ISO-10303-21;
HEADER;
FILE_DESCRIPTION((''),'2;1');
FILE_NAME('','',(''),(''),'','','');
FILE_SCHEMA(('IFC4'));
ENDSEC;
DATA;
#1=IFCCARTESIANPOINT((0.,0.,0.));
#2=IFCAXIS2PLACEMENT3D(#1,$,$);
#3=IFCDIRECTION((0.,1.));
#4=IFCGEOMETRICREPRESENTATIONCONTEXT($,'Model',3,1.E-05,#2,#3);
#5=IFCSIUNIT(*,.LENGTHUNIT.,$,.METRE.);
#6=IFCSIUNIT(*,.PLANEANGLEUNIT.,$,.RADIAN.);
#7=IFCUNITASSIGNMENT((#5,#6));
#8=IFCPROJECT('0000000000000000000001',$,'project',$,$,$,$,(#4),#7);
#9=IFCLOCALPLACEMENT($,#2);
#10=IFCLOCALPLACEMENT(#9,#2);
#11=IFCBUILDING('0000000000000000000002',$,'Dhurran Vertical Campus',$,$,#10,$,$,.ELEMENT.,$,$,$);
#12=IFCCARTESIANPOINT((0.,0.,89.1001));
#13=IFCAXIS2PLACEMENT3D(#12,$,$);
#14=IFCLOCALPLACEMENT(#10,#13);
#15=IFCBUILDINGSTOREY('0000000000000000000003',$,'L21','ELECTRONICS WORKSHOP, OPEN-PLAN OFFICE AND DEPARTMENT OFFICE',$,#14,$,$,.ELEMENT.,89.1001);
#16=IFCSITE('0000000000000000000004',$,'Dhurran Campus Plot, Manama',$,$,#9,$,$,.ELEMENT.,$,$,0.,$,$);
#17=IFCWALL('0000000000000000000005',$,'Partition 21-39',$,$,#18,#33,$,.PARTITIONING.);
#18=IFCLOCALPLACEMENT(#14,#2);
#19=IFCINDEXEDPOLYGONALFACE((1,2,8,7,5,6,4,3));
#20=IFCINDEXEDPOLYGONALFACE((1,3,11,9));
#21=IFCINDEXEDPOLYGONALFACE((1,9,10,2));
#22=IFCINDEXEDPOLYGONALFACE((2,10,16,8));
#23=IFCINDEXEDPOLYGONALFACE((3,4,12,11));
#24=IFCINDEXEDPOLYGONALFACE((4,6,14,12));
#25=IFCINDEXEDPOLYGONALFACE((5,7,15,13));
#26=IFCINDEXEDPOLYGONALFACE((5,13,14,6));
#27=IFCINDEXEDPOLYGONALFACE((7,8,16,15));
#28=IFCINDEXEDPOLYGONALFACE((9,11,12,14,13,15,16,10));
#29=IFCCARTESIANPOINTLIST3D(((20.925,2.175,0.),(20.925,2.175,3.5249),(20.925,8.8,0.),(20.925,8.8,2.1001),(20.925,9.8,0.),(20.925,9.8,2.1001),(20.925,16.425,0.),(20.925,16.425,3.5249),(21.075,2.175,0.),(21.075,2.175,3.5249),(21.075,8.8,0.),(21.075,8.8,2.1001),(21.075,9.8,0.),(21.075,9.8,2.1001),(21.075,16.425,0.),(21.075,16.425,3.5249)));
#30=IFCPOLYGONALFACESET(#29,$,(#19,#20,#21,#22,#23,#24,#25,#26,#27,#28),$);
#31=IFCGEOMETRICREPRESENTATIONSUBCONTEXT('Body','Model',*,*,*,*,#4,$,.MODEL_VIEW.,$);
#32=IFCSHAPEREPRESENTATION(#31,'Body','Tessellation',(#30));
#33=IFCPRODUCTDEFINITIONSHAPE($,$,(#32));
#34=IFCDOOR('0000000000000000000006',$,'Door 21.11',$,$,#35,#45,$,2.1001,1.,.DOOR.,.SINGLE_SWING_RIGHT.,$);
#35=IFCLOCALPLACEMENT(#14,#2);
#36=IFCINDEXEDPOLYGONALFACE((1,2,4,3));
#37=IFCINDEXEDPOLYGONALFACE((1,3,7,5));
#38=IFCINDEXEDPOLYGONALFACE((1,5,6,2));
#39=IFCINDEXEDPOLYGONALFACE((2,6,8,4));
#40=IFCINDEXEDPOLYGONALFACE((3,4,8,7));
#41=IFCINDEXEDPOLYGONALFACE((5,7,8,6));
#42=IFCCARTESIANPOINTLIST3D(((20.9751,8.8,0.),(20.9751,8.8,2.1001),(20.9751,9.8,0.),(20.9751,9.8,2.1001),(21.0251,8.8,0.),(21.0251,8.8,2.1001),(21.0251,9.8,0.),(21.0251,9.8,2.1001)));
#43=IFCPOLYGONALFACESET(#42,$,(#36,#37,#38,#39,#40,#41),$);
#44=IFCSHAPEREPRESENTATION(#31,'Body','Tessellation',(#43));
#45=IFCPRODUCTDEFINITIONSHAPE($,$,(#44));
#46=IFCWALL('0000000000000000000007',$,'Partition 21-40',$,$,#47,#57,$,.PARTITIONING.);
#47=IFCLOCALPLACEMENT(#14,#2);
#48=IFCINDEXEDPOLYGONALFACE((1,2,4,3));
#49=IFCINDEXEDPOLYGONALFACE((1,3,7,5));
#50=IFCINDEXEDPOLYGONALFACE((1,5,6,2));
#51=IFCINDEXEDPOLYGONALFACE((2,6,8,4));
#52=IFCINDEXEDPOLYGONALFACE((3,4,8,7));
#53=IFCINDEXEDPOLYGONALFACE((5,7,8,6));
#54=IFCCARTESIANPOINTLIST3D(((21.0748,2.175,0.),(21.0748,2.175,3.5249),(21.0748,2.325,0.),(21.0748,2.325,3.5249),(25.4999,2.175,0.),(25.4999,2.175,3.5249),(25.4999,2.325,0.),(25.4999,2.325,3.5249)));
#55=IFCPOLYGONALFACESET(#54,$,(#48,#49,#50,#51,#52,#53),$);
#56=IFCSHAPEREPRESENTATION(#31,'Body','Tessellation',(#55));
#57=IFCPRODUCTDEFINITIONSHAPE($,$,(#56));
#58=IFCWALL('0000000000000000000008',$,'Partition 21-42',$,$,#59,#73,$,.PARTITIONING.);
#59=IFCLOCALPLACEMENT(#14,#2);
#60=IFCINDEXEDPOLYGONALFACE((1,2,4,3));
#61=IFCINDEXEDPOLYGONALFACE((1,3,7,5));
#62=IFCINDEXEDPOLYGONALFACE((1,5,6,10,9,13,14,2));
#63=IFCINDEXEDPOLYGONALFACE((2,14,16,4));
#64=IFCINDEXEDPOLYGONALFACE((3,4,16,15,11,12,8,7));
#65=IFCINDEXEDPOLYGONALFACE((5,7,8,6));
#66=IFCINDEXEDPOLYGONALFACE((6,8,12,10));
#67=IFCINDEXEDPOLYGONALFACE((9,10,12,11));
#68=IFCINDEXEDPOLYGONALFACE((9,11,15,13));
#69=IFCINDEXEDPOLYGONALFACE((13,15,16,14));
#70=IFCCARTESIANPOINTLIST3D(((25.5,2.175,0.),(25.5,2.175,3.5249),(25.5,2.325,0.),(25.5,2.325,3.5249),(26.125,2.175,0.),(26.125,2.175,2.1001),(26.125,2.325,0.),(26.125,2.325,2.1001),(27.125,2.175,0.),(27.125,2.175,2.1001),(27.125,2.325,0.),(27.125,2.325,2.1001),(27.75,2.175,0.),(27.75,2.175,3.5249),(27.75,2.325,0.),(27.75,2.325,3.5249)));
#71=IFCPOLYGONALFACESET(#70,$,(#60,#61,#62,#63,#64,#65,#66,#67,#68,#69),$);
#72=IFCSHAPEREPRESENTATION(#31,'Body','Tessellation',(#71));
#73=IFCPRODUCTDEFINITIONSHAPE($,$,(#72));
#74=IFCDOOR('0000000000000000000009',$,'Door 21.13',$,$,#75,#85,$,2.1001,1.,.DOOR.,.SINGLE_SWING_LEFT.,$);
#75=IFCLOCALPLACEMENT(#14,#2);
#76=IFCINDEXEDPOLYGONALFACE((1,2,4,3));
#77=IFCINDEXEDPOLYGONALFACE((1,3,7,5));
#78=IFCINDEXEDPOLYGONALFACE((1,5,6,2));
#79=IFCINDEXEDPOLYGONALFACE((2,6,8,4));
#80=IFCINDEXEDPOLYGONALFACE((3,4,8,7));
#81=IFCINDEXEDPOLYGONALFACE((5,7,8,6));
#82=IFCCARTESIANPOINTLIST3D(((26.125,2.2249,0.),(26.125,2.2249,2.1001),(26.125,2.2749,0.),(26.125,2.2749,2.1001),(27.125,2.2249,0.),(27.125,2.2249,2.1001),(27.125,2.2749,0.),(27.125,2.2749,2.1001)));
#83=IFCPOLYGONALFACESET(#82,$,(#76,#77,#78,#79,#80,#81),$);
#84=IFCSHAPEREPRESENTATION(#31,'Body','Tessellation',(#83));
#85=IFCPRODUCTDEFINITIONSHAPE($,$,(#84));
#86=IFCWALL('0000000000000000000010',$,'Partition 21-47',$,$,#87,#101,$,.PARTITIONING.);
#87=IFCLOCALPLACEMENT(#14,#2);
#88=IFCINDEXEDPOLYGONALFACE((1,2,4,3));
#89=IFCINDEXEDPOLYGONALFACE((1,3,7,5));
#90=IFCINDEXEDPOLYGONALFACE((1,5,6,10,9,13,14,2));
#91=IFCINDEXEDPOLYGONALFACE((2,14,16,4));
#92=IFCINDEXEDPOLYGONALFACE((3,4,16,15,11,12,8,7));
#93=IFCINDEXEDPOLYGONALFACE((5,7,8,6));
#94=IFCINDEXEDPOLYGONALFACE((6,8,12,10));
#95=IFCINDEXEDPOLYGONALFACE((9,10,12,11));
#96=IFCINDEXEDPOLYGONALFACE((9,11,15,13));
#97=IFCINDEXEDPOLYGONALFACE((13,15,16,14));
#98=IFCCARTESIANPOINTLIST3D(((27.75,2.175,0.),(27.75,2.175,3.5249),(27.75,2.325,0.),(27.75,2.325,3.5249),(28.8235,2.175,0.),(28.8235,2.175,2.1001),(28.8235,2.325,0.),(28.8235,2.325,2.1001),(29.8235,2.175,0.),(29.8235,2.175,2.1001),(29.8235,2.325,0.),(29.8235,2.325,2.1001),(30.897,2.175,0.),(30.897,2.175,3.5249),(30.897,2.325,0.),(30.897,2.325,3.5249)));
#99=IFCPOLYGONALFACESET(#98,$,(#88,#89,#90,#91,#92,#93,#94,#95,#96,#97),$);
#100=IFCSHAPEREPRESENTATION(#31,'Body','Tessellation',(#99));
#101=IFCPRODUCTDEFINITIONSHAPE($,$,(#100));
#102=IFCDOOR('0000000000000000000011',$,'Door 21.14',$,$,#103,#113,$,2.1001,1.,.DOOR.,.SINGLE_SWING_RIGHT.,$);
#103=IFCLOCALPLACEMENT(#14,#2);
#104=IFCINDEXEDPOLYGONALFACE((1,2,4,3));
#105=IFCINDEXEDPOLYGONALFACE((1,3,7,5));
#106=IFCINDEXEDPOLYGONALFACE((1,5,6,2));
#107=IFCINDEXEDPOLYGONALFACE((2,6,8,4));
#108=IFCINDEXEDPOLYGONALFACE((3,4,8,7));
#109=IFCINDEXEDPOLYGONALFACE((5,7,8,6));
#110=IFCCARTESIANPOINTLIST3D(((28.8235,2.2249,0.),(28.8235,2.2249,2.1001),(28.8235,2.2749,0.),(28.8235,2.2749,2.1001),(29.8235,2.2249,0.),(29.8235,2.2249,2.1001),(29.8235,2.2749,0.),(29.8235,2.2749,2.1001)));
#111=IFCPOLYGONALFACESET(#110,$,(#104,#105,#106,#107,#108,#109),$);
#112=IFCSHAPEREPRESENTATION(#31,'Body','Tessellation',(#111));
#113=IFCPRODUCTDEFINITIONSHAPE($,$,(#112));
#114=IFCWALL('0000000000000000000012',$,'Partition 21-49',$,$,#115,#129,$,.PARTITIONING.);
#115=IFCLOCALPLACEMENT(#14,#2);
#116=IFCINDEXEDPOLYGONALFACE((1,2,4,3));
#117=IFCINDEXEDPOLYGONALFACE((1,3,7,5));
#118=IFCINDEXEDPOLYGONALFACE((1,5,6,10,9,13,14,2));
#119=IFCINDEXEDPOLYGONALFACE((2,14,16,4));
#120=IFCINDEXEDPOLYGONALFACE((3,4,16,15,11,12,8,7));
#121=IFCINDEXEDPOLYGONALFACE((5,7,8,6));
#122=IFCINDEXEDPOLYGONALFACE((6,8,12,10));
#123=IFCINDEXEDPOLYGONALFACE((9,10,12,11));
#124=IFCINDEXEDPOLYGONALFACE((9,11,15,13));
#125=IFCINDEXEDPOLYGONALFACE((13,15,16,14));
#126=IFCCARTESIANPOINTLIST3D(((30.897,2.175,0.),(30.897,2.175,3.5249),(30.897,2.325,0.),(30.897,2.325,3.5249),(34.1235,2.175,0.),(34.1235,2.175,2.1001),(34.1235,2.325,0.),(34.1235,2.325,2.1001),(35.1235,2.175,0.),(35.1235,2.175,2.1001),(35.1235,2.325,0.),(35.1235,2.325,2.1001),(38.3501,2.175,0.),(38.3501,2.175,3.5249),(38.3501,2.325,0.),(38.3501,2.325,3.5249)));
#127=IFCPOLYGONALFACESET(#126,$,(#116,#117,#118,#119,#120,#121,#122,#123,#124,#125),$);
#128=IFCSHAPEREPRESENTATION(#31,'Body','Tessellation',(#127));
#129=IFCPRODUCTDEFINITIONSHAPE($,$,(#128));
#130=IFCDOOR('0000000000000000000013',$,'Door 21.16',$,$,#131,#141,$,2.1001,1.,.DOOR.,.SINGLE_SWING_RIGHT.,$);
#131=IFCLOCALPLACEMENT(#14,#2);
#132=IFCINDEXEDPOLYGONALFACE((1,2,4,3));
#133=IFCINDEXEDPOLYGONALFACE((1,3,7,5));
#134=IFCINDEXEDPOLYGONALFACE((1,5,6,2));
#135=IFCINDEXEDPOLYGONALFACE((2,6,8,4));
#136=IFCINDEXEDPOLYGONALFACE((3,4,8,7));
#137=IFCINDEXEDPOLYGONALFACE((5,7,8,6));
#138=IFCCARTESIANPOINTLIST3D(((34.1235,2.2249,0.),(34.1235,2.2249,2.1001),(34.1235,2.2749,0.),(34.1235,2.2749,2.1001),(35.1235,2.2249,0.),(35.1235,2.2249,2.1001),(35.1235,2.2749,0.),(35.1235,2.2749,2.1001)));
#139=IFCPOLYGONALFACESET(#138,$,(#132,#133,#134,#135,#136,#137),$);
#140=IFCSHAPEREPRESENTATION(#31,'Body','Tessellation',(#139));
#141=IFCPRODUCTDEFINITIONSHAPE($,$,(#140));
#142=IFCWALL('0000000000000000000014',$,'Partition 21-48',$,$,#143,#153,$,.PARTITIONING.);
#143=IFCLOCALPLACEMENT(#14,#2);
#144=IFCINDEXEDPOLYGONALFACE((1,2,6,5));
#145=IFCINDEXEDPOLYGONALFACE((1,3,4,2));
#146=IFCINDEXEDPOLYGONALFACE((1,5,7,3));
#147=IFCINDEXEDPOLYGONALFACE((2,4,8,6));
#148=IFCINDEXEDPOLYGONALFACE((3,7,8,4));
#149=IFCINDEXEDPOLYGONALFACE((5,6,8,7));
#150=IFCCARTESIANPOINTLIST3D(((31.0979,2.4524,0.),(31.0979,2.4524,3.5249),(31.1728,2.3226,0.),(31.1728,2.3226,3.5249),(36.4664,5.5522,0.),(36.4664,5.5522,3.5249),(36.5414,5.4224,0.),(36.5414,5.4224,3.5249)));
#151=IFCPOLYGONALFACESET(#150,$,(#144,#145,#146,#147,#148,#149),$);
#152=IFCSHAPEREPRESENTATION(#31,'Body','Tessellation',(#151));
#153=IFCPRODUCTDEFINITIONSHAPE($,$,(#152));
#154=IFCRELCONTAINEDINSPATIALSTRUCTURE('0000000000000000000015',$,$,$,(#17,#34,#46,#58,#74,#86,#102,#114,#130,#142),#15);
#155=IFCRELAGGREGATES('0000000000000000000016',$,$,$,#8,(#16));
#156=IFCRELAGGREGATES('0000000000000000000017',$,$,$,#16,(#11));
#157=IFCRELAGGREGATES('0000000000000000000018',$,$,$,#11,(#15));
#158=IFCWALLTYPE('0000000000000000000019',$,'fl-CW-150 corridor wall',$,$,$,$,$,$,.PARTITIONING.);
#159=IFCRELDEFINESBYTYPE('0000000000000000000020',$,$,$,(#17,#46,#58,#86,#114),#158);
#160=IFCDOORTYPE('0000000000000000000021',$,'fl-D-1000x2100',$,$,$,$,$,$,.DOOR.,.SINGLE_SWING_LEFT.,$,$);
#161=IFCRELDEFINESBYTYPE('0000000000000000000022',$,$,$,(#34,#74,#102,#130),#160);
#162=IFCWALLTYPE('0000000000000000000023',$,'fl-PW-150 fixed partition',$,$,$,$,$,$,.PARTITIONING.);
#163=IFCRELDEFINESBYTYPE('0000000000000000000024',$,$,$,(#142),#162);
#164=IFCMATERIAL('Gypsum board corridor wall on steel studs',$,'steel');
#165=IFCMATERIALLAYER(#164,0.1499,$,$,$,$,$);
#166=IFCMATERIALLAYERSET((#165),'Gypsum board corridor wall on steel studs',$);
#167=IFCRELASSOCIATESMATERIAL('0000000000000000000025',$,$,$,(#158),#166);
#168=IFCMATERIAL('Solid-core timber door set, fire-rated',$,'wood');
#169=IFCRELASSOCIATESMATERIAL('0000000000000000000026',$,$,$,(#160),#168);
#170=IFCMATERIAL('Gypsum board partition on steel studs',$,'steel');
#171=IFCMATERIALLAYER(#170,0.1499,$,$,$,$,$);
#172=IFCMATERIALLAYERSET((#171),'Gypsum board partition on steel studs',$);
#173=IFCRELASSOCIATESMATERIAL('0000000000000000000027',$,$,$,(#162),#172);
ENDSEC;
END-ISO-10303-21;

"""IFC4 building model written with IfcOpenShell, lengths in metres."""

from ifc_helpers import new_model, si_unit, direction, frame, frame_2d, origin, place, context, subcontext, project, spatial, rectangle, extrude, material, layer, layer_set, type_object, element, fill, save


model = new_model("IFC4")

# Units and contexts
model_context = context("Model", 3, precision=1e-05, world=origin(), true_north=direction((0.0, 1.0)))
body_context = subcontext(model_context, "Body", "Model", "MODEL_VIEW")
ifc_project = project(units=[si_unit("LENGTHUNIT", "METRE"), si_unit("PLANEANGLEUNIT", "RADIAN")], contexts=[model_context])

# Site, building, storey
site_placement = place(None, origin())
site = spatial("IfcSite", under=ifc_project, at=site_placement, Name="Dhurran Campus Plot, Manama", CompositionType="ELEMENT", RefElevation=0.0)
building_placement = place(site_placement, origin())
building = spatial("IfcBuilding", under=site, at=building_placement, Name="Dhurran Vertical Campus", CompositionType="ELEMENT")
storey_placement = place(building_placement, frame((0.0, 0.0, 89.1001)))
storey = spatial("IfcBuildingStorey", under=building, at=storey_placement, Name="L21", Description="ELECTRONICS WORKSHOP, OPEN-PLAN OFFICE AND DEPARTMENT OFFICE", CompositionType="ELEMENT", Elevation=89.1001)

# Wall, opening, door
ifc_material_1 = material(Name="Gypsum board corridor wall on steel studs", Category="steel")
ifc_layer_1 = layer(ifc_material_1, 0.1499)
ifc_layer_set_1 = layer_set([ifc_layer_1], Name="Gypsum board corridor wall on steel studs")
wall_type_1 = type_object("IfcWallType", Name="fl-CW-150 corridor wall", PredefinedType="PARTITIONING", material=ifc_layer_set_1)
wall_1_placement = place(storey_placement, frame((21.0, 2.175, 0.0), z_axis=(0.0, 0.0, 1.0), x_axis=(0.0, 1.0, 0.0)))
wall_1 = element("IfcWall", 1, at=wall_1_placement, inside=storey, type_object=wall_type_1, Name="Partition 21-39", PredefinedType="PARTITIONING", context=body_context, shape_type="SweptSolid", body=[
    extrude(rectangle(XDim=14.25, YDim=0.1499, at=frame_2d((7.125, 0.0))), origin(), (0.0, 0.0, 1.0), 3.5249),
])
opening_1_placement = place(wall_1_placement, frame((6.625, 0.0, 0.0)))
opening_1 = element("IfcOpeningElement", 2, at=opening_1_placement, cuts=wall_1, PredefinedType="OPENING", context=body_context, shape_type="SweptSolid", body=[
    extrude(rectangle(XDim=1.0, YDim=2.1001, at=frame_2d((0.5, 1.05))), frame((0.0, 0.085, 0.0), z_axis=(0.0, -1.0, 0.0), x_axis=(1.0, 0.0, 0.0)), (0.0, 0.0, 1.0), 0.1699),
])
ifc_material_2 = material(Name="Solid-core timber door set, fire-rated", Category="wood")
door_type_1 = type_object("IfcDoorType", Name="fl-D-1000x2100", OperationType="SINGLE_SWING_LEFT", PredefinedType="DOOR", material=ifc_material_2)
door_1_placement = place(opening_1_placement, origin())
door_1 = element("IfcDoor", 3, at=door_1_placement, inside=storey, type_object=door_type_1, Name="Door 21.11", OperationType="SINGLE_SWING_RIGHT", OverallHeight=2.1001, OverallWidth=1.0, PredefinedType="DOOR", context=body_context, shape_type="SweptSolid", body=[
    extrude(rectangle(XDim=1.0, YDim=2.1001, at=frame_2d((0.5, 1.05))), frame((0.0, 0.0249, 0.0), z_axis=(0.0, -1.0, 0.0), x_axis=(1.0, 0.0, 0.0)), (0.0, 0.0, 1.0), 0.05),
])
fill(opening_1, door_1)

# Wall
wall_2_placement = place(storey_placement, frame((21.075, 2.25, 0.0), z_axis=(0.0, 0.0, 1.0), x_axis=(1.0, 0.0, 0.0)))
element("IfcWall", 4, at=wall_2_placement, inside=storey, type_object=wall_type_1, Name="Partition 21-40", PredefinedType="PARTITIONING", context=body_context, shape_type="SweptSolid", body=[
    extrude(rectangle(XDim=4.425, YDim=0.1499, at=frame_2d((2.2124, 0.0))), origin(), (0.0, 0.0, 1.0), 3.5249),
])

# Walls, openings, doors
wall_3_placement = place(storey_placement, frame((25.5, 2.25, 0.0), z_axis=(0.0, 0.0, 1.0), x_axis=(1.0, 0.0, 0.0)))
wall_3 = element("IfcWall", 5, at=wall_3_placement, inside=storey, type_object=wall_type_1, Name="Partition 21-42", PredefinedType="PARTITIONING", context=body_context, shape_type="SweptSolid", body=[
    extrude(rectangle(XDim=2.25, YDim=0.1499, at=frame_2d((1.125, 0.0))), origin(), (0.0, 0.0, 1.0), 3.5249),
])
opening_2_placement = place(wall_3_placement, frame((0.625, 0.0, 0.0)))
opening_2 = element("IfcOpeningElement", 6, at=opening_2_placement, cuts=wall_3, PredefinedType="OPENING", context=body_context, shape_type="SweptSolid", body=[
    extrude(rectangle(XDim=1.0, YDim=2.1001, at=frame_2d((0.5, 1.05))), frame((0.0, 0.085, 0.0), z_axis=(0.0, -1.0, 0.0), x_axis=(1.0, 0.0, 0.0)), (0.0, 0.0, 1.0), 0.1699),
])
door_2_placement = place(opening_2_placement, origin())
door_2 = element("IfcDoor", 7, at=door_2_placement, inside=storey, type_object=door_type_1, Name="Door 21.13", OperationType="SINGLE_SWING_LEFT", OverallHeight=2.1001, OverallWidth=1.0, PredefinedType="DOOR", context=body_context, shape_type="SweptSolid", body=[
    extrude(rectangle(XDim=1.0, YDim=2.1001, at=frame_2d((0.5, 1.05))), frame((0.0, 0.0249, 0.0), z_axis=(0.0, -1.0, 0.0), x_axis=(1.0, 0.0, 0.0)), (0.0, 0.0, 1.0), 0.05),
])
fill(opening_2, door_2)
wall_4_placement = place(storey_placement, frame((27.75, 2.25, 0.0), z_axis=(0.0, 0.0, 1.0), x_axis=(1.0, 0.0, 0.0)))
wall_4 = element("IfcWall", 8, at=wall_4_placement, inside=storey, type_object=wall_type_1, Name="Partition 21-47", PredefinedType="PARTITIONING", context=body_context, shape_type="SweptSolid", body=[
    extrude(rectangle(XDim=3.147, YDim=0.1499, at=frame_2d((1.5735, 0.0))), origin(), (0.0, 0.0, 1.0), 3.5249),
])
opening_3_placement = place(wall_4_placement, frame((1.0735, 0.0, 0.0)))
opening_3 = element("IfcOpeningElement", 9, at=opening_3_placement, cuts=wall_4, PredefinedType="OPENING", context=body_context, shape_type="SweptSolid", body=[
    extrude(rectangle(XDim=1.0, YDim=2.1001, at=frame_2d((0.5, 1.05))), frame((0.0, 0.085, 0.0), z_axis=(0.0, -1.0, 0.0), x_axis=(1.0, 0.0, 0.0)), (0.0, 0.0, 1.0), 0.1699),
])
door_3_placement = place(opening_3_placement, origin())
door_3 = element("IfcDoor", 10, at=door_3_placement, inside=storey, type_object=door_type_1, Name="Door 21.14", OperationType="SINGLE_SWING_RIGHT", OverallHeight=2.1001, OverallWidth=1.0, PredefinedType="DOOR", context=body_context, shape_type="SweptSolid", body=[
    extrude(rectangle(XDim=1.0, YDim=2.1001, at=frame_2d((0.5, 1.05))), frame((0.0, 0.0249, 0.0), z_axis=(0.0, -1.0, 0.0), x_axis=(1.0, 0.0, 0.0)), (0.0, 0.0, 1.0), 0.05),
])
fill(opening_3, door_3)
wall_5_placement = place(storey_placement, frame((30.897, 2.25, 0.0), z_axis=(0.0, 0.0, 1.0), x_axis=(1.0, 0.0, 0.0)))
wall_5 = element("IfcWall", 11, at=wall_5_placement, inside=storey, type_object=wall_type_1, Name="Partition 21-49", PredefinedType="PARTITIONING", context=body_context, shape_type="SweptSolid", body=[
    extrude(rectangle(XDim=7.4531, YDim=0.1499, at=frame_2d((3.7266, 0.0))), origin(), (0.0, 0.0, 1.0), 3.5249),
])
opening_4_placement = place(wall_5_placement, frame((3.2266, 0.0, 0.0)))
opening_4 = element("IfcOpeningElement", 12, at=opening_4_placement, cuts=wall_5, PredefinedType="OPENING", context=body_context, shape_type="SweptSolid", body=[
    extrude(rectangle(XDim=1.0, YDim=2.1001, at=frame_2d((0.5, 1.05))), frame((0.0, 0.085, 0.0), z_axis=(0.0, -1.0, 0.0), x_axis=(1.0, 0.0, 0.0)), (0.0, 0.0, 1.0), 0.1699),
])
door_4_placement = place(opening_4_placement, origin())
door_4 = element("IfcDoor", 13, at=door_4_placement, inside=storey, type_object=door_type_1, Name="Door 21.16", OperationType="SINGLE_SWING_RIGHT", OverallHeight=2.1001, OverallWidth=1.0, PredefinedType="DOOR", context=body_context, shape_type="SweptSolid", body=[
    extrude(rectangle(XDim=1.0, YDim=2.1001, at=frame_2d((0.5, 1.05))), frame((0.0, 0.0249, 0.0), z_axis=(0.0, -1.0, 0.0), x_axis=(1.0, 0.0, 0.0)), (0.0, 0.0, 1.0), 0.05),
])
fill(opening_4, door_4)

# Wall
ifc_material_3 = material(Name="Gypsum board partition on steel studs", Category="steel")
ifc_layer_2 = layer(ifc_material_3, 0.1499)
ifc_layer_set_2 = layer_set([ifc_layer_2], Name="Gypsum board partition on steel studs")
wall_type_2 = type_object("IfcWallType", Name="fl-PW-150 fixed partition", PredefinedType="PARTITIONING", material=ifc_layer_set_2)
wall_6_placement = place(storey_placement, frame((36.5039, 5.4873, 0.0), z_axis=(0.0, 0.0, 1.0), x_axis=(-0.866007, -0.500032, 0.0)))
element("IfcWall", 14, at=wall_6_placement, inside=storey, type_object=wall_type_2, Name="Partition 21-48", PredefinedType="PARTITIONING", context=body_context, shape_type="SweptSolid", body=[
    extrude(rectangle(XDim=6.1992, YDim=0.1499, at=frame_2d((3.0996, 0.0))), origin(), (0.0, 0.0, 1.0), 3.5249),
])

save(model, "model.ifc")
